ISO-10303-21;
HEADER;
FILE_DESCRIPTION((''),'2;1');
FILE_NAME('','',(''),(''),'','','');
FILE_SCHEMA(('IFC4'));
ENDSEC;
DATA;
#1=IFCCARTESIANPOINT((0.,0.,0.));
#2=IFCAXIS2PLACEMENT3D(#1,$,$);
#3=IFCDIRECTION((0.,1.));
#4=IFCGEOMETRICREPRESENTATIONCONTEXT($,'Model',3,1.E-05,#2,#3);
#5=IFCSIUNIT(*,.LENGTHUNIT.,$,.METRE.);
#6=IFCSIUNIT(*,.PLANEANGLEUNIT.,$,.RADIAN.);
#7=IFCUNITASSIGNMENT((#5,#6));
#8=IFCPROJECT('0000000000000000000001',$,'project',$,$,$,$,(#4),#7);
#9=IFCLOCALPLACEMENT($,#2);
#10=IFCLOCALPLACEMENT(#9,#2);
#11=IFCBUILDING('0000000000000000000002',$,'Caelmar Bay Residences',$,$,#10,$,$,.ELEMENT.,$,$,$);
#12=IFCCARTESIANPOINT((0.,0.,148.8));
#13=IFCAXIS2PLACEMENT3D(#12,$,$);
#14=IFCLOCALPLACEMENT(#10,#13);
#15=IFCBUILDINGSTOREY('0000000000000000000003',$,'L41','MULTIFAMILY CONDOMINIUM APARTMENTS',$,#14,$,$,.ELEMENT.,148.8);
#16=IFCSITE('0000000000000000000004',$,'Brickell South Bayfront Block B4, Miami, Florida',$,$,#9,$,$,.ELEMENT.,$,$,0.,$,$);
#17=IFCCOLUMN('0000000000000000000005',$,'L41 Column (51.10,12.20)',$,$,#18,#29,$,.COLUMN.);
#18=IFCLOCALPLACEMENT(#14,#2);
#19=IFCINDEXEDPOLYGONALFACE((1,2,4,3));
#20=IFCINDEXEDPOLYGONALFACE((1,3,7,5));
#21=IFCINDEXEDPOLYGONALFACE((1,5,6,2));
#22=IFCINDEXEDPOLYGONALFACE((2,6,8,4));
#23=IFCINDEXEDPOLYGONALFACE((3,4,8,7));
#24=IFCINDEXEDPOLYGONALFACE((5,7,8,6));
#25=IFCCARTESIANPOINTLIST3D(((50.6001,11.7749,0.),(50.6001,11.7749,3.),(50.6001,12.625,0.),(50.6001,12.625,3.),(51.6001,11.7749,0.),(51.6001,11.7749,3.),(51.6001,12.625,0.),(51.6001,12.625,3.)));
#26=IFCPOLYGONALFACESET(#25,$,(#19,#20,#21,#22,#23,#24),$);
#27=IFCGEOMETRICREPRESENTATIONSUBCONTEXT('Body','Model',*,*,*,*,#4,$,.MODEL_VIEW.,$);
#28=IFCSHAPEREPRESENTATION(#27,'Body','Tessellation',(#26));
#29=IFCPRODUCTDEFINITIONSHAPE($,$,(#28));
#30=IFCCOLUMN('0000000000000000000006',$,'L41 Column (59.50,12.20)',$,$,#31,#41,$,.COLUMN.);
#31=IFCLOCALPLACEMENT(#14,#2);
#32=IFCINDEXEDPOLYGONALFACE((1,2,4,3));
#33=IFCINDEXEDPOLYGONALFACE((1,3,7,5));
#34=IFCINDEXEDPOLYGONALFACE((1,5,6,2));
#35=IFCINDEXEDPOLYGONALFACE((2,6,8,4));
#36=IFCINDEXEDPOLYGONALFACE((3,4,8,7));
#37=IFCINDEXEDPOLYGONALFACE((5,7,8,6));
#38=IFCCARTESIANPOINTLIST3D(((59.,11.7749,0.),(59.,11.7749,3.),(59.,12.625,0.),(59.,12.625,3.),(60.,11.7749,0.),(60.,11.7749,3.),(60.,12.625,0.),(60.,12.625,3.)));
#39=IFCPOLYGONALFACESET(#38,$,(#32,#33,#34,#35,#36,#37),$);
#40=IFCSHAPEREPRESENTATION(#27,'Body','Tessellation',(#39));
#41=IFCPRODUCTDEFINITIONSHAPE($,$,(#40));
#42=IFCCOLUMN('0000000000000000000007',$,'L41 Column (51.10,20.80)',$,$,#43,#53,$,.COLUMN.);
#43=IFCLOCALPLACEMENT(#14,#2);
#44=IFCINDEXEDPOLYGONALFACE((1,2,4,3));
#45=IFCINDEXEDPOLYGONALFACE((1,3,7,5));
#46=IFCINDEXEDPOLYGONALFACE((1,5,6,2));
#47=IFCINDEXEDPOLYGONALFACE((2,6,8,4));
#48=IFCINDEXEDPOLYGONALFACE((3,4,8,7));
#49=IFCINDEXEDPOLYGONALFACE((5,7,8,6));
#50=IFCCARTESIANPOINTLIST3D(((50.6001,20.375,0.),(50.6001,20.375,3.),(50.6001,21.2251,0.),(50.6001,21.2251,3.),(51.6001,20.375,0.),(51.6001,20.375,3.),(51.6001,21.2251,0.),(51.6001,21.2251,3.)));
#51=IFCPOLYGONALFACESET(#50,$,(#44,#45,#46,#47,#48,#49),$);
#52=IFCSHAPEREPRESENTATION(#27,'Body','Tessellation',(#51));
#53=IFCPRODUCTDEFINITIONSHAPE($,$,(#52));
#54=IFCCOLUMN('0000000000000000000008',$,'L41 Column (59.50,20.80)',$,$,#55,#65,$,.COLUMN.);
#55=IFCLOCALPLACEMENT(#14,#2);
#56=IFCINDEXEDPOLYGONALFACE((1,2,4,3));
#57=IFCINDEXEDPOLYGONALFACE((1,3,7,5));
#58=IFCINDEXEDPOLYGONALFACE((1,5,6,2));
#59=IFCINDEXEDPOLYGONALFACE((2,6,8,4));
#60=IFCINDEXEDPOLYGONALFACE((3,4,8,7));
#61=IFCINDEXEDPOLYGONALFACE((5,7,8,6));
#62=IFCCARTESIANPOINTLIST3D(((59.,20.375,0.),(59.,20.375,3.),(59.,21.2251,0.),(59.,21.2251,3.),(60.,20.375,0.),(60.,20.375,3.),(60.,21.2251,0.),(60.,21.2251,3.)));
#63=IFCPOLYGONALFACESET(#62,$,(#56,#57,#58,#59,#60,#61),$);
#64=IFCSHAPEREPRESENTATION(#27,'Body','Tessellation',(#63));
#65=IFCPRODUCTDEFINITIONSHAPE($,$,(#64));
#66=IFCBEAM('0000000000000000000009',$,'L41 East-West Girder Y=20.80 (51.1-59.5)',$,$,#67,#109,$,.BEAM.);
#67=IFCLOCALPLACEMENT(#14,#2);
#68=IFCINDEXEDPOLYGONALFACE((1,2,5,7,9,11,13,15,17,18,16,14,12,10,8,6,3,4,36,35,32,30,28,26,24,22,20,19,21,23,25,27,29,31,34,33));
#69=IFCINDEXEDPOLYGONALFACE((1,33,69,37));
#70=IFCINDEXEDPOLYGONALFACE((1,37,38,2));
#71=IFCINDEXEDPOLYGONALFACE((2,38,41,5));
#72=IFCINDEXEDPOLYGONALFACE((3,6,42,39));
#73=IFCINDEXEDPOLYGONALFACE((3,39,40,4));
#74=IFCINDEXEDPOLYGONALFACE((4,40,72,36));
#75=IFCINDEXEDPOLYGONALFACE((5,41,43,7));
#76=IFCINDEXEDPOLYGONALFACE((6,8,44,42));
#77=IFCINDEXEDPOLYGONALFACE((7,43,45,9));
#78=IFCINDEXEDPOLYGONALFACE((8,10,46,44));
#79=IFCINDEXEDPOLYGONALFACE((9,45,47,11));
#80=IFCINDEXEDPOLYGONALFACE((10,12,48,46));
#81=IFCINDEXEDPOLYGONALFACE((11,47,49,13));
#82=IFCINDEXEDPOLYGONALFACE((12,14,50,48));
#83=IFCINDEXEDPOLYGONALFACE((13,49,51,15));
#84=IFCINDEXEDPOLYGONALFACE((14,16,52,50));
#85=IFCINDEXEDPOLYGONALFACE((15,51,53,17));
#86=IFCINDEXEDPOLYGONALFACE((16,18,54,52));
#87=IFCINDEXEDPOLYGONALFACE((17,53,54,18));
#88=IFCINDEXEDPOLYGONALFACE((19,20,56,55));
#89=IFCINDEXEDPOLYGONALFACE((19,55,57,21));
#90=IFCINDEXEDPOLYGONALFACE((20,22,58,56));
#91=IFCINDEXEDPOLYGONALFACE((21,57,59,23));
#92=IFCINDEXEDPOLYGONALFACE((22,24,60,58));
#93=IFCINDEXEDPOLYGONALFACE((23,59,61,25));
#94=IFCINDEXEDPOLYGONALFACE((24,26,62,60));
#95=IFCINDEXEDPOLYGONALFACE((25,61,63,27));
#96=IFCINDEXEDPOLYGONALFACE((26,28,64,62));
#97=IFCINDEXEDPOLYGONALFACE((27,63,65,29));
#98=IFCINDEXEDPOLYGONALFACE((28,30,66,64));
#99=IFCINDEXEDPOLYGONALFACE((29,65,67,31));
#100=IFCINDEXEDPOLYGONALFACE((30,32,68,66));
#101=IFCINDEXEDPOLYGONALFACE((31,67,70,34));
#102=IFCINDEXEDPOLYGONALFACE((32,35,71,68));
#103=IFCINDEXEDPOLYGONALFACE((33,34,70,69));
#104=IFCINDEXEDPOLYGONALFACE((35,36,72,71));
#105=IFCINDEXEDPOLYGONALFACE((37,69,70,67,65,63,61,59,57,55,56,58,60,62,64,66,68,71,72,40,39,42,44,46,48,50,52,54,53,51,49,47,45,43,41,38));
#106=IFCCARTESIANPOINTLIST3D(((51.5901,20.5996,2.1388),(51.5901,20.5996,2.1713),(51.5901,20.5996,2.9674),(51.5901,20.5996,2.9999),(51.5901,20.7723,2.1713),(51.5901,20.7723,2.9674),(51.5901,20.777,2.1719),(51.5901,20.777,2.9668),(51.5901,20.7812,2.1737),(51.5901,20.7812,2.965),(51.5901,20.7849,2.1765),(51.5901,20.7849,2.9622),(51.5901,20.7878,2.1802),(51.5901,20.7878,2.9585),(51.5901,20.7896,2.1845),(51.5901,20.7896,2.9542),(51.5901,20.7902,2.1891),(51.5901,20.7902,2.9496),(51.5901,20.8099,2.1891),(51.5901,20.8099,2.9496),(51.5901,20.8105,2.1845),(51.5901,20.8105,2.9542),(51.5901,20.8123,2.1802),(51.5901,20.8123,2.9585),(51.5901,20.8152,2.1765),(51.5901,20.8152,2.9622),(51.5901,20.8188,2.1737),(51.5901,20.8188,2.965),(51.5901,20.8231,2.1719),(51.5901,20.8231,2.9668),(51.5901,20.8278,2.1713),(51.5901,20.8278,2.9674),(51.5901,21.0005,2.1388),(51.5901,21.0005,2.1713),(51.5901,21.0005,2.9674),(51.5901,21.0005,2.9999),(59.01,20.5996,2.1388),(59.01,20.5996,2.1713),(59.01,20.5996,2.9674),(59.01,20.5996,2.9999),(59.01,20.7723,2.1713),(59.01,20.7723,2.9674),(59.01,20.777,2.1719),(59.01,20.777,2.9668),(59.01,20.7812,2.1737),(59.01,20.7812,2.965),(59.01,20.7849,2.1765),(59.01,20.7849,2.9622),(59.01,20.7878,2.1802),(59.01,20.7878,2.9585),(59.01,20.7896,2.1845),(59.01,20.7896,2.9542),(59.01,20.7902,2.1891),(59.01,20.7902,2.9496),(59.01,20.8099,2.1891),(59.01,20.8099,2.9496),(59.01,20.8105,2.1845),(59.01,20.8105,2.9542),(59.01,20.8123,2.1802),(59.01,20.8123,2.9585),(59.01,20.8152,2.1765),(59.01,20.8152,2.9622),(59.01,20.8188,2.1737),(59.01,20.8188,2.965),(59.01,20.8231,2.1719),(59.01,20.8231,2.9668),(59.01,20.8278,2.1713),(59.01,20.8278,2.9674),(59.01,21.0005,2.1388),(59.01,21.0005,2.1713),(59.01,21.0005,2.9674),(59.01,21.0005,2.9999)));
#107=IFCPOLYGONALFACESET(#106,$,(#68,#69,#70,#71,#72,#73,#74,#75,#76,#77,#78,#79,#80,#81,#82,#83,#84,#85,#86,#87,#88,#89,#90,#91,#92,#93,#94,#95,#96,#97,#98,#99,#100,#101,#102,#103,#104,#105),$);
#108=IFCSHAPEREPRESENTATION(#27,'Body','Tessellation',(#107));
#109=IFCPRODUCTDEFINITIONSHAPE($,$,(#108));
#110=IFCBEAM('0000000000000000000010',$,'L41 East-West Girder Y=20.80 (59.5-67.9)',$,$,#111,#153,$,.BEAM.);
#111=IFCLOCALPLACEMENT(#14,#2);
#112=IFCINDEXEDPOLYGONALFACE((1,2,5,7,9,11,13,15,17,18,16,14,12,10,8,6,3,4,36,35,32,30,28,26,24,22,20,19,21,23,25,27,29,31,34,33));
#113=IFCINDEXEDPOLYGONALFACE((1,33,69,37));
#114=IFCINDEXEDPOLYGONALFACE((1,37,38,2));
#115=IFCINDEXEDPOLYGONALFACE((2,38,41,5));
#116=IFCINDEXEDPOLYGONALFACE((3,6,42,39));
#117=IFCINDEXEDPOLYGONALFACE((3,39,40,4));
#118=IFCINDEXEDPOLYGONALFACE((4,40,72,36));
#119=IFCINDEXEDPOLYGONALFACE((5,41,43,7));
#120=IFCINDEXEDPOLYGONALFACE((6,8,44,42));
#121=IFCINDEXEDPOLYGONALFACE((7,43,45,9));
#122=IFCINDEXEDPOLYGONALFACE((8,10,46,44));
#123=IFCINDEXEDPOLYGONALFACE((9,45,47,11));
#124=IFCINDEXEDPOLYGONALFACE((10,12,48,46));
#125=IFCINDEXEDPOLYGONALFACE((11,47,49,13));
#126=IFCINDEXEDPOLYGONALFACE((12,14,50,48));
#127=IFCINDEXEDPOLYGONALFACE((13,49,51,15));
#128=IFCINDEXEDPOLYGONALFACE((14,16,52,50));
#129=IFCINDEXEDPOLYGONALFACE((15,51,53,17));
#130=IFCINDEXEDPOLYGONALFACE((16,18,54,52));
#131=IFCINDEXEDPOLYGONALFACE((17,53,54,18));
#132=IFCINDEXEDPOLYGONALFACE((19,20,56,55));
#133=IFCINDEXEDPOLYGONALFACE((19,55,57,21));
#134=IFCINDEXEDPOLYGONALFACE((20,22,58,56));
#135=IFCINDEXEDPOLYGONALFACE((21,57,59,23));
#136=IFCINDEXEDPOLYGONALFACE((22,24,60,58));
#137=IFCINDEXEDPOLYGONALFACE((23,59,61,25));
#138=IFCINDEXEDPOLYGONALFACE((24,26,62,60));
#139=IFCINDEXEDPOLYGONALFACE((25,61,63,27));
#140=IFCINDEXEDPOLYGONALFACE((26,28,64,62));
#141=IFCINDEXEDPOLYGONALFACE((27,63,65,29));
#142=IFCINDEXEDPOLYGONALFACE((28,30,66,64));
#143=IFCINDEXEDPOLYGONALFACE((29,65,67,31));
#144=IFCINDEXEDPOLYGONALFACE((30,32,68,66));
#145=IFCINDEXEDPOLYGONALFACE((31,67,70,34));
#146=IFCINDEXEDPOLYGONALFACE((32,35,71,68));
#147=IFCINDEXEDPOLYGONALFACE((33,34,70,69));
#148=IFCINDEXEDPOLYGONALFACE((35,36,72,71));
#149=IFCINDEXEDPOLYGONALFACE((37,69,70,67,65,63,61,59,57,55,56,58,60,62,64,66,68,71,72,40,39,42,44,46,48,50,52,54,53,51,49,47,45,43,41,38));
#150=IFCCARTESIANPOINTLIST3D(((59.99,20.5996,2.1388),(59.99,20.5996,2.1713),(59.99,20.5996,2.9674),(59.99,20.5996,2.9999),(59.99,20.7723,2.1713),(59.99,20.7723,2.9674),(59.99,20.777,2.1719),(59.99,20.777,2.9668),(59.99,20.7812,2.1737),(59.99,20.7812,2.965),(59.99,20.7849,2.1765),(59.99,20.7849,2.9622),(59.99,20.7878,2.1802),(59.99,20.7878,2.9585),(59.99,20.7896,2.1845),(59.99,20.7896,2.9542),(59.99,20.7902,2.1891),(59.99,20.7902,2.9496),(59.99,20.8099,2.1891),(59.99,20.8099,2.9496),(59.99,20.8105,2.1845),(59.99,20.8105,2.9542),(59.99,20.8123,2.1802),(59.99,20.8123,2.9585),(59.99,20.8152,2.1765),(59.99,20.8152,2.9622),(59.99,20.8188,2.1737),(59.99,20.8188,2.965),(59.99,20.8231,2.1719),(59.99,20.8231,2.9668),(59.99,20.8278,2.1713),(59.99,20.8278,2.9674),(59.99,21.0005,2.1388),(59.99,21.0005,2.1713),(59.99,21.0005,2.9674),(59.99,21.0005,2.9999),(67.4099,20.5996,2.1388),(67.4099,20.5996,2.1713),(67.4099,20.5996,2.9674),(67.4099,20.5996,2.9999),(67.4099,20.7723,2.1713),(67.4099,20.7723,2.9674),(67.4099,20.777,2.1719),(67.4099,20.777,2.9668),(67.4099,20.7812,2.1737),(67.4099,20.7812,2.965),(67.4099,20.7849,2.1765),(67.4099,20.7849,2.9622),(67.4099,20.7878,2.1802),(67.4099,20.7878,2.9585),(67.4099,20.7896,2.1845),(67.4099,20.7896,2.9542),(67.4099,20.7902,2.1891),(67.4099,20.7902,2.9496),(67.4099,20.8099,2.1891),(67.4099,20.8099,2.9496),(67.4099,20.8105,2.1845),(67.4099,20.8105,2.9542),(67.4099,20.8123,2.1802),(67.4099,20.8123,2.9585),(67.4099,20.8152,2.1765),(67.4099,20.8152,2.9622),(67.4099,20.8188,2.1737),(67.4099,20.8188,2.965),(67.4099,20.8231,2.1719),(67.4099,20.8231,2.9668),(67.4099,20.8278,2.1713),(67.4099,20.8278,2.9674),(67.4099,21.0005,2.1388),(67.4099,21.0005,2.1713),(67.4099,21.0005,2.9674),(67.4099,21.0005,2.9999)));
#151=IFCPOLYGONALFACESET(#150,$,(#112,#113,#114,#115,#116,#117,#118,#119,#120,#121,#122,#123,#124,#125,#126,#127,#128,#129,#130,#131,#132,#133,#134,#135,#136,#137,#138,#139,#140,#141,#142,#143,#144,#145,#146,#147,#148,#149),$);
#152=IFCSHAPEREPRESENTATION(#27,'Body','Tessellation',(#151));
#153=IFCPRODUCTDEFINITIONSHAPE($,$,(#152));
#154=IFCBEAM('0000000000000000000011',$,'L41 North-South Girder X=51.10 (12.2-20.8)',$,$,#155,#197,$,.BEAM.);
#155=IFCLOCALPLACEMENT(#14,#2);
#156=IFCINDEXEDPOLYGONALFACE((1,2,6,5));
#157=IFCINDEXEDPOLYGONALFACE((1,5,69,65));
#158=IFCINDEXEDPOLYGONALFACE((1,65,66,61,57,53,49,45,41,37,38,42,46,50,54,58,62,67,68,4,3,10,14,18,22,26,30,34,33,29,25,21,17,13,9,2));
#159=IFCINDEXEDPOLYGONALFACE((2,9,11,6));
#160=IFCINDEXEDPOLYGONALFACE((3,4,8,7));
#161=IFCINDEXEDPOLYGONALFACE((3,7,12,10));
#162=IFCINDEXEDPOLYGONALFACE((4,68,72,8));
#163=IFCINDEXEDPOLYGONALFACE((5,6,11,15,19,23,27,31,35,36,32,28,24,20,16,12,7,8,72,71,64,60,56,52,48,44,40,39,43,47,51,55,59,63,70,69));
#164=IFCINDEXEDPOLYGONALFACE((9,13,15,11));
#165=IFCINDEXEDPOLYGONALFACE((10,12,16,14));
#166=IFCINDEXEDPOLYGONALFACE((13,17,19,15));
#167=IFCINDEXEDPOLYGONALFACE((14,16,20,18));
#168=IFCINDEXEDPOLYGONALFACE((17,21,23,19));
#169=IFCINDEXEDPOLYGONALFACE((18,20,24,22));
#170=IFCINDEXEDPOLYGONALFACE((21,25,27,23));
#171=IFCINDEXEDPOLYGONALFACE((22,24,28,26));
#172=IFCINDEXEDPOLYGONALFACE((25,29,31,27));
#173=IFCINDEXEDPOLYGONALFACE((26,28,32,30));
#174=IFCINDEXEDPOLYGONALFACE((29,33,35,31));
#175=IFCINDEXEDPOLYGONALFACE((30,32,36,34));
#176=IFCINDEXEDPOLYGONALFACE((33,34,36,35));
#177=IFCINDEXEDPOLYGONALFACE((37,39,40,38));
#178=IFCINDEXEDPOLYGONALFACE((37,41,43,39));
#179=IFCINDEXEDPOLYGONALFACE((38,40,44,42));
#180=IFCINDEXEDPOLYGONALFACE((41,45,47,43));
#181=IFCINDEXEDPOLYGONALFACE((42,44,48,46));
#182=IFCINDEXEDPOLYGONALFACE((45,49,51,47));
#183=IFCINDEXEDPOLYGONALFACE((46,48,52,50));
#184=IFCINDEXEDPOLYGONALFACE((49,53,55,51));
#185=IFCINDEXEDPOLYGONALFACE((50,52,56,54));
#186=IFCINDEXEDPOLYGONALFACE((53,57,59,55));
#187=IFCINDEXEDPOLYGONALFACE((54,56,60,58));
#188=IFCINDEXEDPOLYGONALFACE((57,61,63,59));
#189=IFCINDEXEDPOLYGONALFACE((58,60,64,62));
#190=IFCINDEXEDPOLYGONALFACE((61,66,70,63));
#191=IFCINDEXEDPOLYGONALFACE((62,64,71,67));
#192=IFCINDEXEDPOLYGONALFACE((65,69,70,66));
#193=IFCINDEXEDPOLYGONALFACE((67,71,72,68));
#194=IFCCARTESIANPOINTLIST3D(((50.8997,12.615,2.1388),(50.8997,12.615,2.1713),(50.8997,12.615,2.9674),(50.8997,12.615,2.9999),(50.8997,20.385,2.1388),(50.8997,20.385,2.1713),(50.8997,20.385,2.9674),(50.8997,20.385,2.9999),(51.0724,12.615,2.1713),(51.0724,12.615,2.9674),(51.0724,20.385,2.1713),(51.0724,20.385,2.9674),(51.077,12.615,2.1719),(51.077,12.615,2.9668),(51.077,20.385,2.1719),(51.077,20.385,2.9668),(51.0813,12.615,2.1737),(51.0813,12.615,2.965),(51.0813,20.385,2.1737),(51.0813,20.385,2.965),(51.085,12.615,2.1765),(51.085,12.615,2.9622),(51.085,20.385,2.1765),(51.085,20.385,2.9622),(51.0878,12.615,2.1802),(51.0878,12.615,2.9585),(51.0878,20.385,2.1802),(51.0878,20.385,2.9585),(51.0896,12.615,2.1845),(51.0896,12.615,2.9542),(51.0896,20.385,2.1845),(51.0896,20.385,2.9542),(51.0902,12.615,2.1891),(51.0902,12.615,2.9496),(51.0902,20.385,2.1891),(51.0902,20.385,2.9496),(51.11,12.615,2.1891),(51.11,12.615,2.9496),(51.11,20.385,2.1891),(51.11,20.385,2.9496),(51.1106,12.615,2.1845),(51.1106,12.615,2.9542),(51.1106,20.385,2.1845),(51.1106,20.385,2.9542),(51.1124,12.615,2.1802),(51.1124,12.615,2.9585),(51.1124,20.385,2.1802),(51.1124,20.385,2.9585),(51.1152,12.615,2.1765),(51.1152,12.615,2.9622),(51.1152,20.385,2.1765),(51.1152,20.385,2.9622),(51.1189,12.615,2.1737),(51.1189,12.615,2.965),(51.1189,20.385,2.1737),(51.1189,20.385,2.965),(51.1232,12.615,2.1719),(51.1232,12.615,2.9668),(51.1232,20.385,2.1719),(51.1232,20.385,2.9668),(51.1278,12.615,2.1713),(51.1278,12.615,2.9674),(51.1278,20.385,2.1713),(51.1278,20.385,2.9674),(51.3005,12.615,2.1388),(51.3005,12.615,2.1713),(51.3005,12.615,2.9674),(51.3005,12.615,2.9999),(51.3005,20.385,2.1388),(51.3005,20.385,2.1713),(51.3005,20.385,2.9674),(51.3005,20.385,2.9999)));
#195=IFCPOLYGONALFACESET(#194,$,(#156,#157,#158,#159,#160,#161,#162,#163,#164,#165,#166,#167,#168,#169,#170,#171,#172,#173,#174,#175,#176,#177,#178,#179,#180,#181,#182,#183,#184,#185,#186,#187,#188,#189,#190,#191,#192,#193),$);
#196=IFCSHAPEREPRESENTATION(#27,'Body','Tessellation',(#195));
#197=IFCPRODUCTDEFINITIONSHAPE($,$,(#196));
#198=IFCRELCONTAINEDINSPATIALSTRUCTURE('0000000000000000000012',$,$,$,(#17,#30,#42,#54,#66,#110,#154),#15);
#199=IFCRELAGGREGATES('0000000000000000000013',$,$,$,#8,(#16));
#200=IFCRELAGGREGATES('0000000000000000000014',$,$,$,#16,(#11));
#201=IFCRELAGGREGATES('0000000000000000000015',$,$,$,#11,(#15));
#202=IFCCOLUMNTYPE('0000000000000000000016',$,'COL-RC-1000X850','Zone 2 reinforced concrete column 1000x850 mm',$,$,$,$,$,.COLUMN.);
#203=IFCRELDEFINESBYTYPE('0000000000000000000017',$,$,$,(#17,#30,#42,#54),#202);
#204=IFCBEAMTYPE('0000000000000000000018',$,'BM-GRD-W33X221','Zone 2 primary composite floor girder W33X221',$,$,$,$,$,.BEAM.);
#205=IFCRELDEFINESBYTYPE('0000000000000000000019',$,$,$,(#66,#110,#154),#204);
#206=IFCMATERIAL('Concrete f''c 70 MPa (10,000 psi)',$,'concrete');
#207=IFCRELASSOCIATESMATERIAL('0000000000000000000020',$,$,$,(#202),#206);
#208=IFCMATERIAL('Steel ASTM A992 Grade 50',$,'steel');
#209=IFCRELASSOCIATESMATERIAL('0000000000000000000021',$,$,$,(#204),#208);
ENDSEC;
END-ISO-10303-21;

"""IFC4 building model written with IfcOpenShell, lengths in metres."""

from ifc_helpers import new_model, si_unit, direction, frame, origin, origin_2d, place, context, subcontext, project, spatial, rectangle, i_section, extrude, material, material_profile, profile_set, type_object, element, save


model = new_model("IFC4")

# Units and contexts
model_context = context("Model", 3, precision=1e-05, world=origin(), true_north=direction((0.0, 1.0)))
body_context = subcontext(model_context, "Body", "Model", "MODEL_VIEW")
ifc_project = project(units=[si_unit("LENGTHUNIT", "METRE"), si_unit("PLANEANGLEUNIT", "RADIAN")], contexts=[model_context])

# Site, building, storey
site_placement = place(None, origin())
site = spatial("IfcSite", under=ifc_project, at=site_placement, Name="Brickell South Bayfront Block B4, Miami, Florida", CompositionType="ELEMENT", RefElevation=0.0)
building_placement = place(site_placement, origin())
building = spatial("IfcBuilding", under=site, at=building_placement, Name="Caelmar Bay Residences", CompositionType="ELEMENT")
storey_placement = place(building_placement, frame((0.0, 0.0, 148.8)))
storey = spatial("IfcBuildingStorey", under=building, at=storey_placement, Name="L41", Description="MULTIFAMILY CONDOMINIUM APARTMENTS", CompositionType="ELEMENT", Elevation=148.8)

# Columns
ifc_material_1 = material(Name="Concrete f'c 70 MPa (10,000 psi)", Category="concrete")
ifc_material_profile_1 = material_profile(ifc_material_1, rectangle(XDim=1.0, YDim=0.8501, at=origin_2d()), Name="RC-COL-1000X850")
ifc_profile_set_1 = profile_set([ifc_material_profile_1], Name="Concrete f'c 70 MPa (10,000 psi)")
column_type = type_object("IfcColumnType", Name="COL-RC-1000X850", Description="Zone 2 reinforced concrete column 1000x850 mm", PredefinedType="COLUMN", material=ifc_profile_set_1)
for number, where, z_axis, x_axis, name in (
    (1, (51.1001, 12.2, 0.0), (0.0, 0.0, 1.0), (1.0, 0.0, 0.0), "L41 Column (51.10,12.20)"),
    (2, (59.5, 12.2, 0.0), (0.0, 0.0, 1.0), (1.0, 0.0, 0.0), "L41 Column (59.50,12.20)"),
    (3, (51.1001, 20.8, 0.0), (0.0, 0.0, 1.0), (1.0, 0.0, 0.0), "L41 Column (51.10,20.80)"),
    (4, (59.5, 20.8, 0.0), (0.0, 0.0, 1.0), (1.0, 0.0, 0.0), "L41 Column (59.50,20.80)"),
):
    element("IfcColumn", number, at=place(storey_placement, frame(where, z_axis=z_axis, x_axis=x_axis)), inside=storey, type_object=column_type, Name=name, PredefinedType="COLUMN", context=body_context, shape_type="SweptSolid", body=[
        extrude(rectangle(XDim=1.0, YDim=0.8501, at=origin_2d()), origin(), (0.0, 0.0, 1.0), 3.0),
    ])

# Beams
ifc_material_2 = material(Name="Steel ASTM A992 Grade 50", Category="steel")
ifc_material_profile_2 = material_profile(ifc_material_2, i_section(OverallWidth=0.4009, OverallDepth=0.8611, WebThickness=0.0198, FlangeThickness=0.0325, FilletRadius=0.0178, at=origin_2d()), Name="W33X221")
ifc_profile_set_2 = profile_set([ifc_material_profile_2], Name="Steel ASTM A992 Grade 50")
beam_type_1 = type_object("IfcBeamType", Name="BM-GRD-W33X221", Description="Zone 2 primary composite floor girder W33X221", PredefinedType="BEAM", material=ifc_profile_set_2)
for number, where, z_axis, x_axis, name in (
    (5, (51.5901, 20.8, 2.5693), (1.0, 0.0, 0.0), (0.0, 1.0, 0.0), "L41 East-West Girder Y=20.80 (51.1-59.5)"),
    (6, (59.99, 20.8, 2.5693), (1.0, 0.0, 0.0), (0.0, 1.0, 0.0), "L41 East-West Girder Y=20.80 (59.5-67.9)"),
):
    element("IfcBeam", number, at=place(storey_placement, frame(where, z_axis=z_axis, x_axis=x_axis)), inside=storey, type_object=beam_type_1, Name=name, PredefinedType="BEAM", context=body_context, shape_type="SweptSolid", body=[
        extrude(i_section(OverallWidth=0.4009, OverallDepth=0.8611, WebThickness=0.0198, FlangeThickness=0.0325, FilletRadius=0.0178, at=origin_2d()), origin(), (0.0, 0.0, 1.0), 7.4199),
    ])
for number, where, z_axis, x_axis, name in (
    (7, (51.1001, 12.615, 2.5693), (0.0, 1.0, 0.0), (-1.0, 0.0, 0.0), "L41 North-South Girder X=51.10 (12.2-20.8)"),
):
    element("IfcBeam", number, at=place(storey_placement, frame(where, z_axis=z_axis, x_axis=x_axis)), inside=storey, type_object=beam_type_1, Name=name, PredefinedType="BEAM", context=body_context, shape_type="SweptSolid", body=[
        extrude(i_section(OverallWidth=0.4009, OverallDepth=0.8611, WebThickness=0.0198, FlangeThickness=0.0325, FilletRadius=0.0178, at=origin_2d()), origin(), (0.0, 0.0, 1.0), 7.77),
    ])

save(model, "model.ifc")
